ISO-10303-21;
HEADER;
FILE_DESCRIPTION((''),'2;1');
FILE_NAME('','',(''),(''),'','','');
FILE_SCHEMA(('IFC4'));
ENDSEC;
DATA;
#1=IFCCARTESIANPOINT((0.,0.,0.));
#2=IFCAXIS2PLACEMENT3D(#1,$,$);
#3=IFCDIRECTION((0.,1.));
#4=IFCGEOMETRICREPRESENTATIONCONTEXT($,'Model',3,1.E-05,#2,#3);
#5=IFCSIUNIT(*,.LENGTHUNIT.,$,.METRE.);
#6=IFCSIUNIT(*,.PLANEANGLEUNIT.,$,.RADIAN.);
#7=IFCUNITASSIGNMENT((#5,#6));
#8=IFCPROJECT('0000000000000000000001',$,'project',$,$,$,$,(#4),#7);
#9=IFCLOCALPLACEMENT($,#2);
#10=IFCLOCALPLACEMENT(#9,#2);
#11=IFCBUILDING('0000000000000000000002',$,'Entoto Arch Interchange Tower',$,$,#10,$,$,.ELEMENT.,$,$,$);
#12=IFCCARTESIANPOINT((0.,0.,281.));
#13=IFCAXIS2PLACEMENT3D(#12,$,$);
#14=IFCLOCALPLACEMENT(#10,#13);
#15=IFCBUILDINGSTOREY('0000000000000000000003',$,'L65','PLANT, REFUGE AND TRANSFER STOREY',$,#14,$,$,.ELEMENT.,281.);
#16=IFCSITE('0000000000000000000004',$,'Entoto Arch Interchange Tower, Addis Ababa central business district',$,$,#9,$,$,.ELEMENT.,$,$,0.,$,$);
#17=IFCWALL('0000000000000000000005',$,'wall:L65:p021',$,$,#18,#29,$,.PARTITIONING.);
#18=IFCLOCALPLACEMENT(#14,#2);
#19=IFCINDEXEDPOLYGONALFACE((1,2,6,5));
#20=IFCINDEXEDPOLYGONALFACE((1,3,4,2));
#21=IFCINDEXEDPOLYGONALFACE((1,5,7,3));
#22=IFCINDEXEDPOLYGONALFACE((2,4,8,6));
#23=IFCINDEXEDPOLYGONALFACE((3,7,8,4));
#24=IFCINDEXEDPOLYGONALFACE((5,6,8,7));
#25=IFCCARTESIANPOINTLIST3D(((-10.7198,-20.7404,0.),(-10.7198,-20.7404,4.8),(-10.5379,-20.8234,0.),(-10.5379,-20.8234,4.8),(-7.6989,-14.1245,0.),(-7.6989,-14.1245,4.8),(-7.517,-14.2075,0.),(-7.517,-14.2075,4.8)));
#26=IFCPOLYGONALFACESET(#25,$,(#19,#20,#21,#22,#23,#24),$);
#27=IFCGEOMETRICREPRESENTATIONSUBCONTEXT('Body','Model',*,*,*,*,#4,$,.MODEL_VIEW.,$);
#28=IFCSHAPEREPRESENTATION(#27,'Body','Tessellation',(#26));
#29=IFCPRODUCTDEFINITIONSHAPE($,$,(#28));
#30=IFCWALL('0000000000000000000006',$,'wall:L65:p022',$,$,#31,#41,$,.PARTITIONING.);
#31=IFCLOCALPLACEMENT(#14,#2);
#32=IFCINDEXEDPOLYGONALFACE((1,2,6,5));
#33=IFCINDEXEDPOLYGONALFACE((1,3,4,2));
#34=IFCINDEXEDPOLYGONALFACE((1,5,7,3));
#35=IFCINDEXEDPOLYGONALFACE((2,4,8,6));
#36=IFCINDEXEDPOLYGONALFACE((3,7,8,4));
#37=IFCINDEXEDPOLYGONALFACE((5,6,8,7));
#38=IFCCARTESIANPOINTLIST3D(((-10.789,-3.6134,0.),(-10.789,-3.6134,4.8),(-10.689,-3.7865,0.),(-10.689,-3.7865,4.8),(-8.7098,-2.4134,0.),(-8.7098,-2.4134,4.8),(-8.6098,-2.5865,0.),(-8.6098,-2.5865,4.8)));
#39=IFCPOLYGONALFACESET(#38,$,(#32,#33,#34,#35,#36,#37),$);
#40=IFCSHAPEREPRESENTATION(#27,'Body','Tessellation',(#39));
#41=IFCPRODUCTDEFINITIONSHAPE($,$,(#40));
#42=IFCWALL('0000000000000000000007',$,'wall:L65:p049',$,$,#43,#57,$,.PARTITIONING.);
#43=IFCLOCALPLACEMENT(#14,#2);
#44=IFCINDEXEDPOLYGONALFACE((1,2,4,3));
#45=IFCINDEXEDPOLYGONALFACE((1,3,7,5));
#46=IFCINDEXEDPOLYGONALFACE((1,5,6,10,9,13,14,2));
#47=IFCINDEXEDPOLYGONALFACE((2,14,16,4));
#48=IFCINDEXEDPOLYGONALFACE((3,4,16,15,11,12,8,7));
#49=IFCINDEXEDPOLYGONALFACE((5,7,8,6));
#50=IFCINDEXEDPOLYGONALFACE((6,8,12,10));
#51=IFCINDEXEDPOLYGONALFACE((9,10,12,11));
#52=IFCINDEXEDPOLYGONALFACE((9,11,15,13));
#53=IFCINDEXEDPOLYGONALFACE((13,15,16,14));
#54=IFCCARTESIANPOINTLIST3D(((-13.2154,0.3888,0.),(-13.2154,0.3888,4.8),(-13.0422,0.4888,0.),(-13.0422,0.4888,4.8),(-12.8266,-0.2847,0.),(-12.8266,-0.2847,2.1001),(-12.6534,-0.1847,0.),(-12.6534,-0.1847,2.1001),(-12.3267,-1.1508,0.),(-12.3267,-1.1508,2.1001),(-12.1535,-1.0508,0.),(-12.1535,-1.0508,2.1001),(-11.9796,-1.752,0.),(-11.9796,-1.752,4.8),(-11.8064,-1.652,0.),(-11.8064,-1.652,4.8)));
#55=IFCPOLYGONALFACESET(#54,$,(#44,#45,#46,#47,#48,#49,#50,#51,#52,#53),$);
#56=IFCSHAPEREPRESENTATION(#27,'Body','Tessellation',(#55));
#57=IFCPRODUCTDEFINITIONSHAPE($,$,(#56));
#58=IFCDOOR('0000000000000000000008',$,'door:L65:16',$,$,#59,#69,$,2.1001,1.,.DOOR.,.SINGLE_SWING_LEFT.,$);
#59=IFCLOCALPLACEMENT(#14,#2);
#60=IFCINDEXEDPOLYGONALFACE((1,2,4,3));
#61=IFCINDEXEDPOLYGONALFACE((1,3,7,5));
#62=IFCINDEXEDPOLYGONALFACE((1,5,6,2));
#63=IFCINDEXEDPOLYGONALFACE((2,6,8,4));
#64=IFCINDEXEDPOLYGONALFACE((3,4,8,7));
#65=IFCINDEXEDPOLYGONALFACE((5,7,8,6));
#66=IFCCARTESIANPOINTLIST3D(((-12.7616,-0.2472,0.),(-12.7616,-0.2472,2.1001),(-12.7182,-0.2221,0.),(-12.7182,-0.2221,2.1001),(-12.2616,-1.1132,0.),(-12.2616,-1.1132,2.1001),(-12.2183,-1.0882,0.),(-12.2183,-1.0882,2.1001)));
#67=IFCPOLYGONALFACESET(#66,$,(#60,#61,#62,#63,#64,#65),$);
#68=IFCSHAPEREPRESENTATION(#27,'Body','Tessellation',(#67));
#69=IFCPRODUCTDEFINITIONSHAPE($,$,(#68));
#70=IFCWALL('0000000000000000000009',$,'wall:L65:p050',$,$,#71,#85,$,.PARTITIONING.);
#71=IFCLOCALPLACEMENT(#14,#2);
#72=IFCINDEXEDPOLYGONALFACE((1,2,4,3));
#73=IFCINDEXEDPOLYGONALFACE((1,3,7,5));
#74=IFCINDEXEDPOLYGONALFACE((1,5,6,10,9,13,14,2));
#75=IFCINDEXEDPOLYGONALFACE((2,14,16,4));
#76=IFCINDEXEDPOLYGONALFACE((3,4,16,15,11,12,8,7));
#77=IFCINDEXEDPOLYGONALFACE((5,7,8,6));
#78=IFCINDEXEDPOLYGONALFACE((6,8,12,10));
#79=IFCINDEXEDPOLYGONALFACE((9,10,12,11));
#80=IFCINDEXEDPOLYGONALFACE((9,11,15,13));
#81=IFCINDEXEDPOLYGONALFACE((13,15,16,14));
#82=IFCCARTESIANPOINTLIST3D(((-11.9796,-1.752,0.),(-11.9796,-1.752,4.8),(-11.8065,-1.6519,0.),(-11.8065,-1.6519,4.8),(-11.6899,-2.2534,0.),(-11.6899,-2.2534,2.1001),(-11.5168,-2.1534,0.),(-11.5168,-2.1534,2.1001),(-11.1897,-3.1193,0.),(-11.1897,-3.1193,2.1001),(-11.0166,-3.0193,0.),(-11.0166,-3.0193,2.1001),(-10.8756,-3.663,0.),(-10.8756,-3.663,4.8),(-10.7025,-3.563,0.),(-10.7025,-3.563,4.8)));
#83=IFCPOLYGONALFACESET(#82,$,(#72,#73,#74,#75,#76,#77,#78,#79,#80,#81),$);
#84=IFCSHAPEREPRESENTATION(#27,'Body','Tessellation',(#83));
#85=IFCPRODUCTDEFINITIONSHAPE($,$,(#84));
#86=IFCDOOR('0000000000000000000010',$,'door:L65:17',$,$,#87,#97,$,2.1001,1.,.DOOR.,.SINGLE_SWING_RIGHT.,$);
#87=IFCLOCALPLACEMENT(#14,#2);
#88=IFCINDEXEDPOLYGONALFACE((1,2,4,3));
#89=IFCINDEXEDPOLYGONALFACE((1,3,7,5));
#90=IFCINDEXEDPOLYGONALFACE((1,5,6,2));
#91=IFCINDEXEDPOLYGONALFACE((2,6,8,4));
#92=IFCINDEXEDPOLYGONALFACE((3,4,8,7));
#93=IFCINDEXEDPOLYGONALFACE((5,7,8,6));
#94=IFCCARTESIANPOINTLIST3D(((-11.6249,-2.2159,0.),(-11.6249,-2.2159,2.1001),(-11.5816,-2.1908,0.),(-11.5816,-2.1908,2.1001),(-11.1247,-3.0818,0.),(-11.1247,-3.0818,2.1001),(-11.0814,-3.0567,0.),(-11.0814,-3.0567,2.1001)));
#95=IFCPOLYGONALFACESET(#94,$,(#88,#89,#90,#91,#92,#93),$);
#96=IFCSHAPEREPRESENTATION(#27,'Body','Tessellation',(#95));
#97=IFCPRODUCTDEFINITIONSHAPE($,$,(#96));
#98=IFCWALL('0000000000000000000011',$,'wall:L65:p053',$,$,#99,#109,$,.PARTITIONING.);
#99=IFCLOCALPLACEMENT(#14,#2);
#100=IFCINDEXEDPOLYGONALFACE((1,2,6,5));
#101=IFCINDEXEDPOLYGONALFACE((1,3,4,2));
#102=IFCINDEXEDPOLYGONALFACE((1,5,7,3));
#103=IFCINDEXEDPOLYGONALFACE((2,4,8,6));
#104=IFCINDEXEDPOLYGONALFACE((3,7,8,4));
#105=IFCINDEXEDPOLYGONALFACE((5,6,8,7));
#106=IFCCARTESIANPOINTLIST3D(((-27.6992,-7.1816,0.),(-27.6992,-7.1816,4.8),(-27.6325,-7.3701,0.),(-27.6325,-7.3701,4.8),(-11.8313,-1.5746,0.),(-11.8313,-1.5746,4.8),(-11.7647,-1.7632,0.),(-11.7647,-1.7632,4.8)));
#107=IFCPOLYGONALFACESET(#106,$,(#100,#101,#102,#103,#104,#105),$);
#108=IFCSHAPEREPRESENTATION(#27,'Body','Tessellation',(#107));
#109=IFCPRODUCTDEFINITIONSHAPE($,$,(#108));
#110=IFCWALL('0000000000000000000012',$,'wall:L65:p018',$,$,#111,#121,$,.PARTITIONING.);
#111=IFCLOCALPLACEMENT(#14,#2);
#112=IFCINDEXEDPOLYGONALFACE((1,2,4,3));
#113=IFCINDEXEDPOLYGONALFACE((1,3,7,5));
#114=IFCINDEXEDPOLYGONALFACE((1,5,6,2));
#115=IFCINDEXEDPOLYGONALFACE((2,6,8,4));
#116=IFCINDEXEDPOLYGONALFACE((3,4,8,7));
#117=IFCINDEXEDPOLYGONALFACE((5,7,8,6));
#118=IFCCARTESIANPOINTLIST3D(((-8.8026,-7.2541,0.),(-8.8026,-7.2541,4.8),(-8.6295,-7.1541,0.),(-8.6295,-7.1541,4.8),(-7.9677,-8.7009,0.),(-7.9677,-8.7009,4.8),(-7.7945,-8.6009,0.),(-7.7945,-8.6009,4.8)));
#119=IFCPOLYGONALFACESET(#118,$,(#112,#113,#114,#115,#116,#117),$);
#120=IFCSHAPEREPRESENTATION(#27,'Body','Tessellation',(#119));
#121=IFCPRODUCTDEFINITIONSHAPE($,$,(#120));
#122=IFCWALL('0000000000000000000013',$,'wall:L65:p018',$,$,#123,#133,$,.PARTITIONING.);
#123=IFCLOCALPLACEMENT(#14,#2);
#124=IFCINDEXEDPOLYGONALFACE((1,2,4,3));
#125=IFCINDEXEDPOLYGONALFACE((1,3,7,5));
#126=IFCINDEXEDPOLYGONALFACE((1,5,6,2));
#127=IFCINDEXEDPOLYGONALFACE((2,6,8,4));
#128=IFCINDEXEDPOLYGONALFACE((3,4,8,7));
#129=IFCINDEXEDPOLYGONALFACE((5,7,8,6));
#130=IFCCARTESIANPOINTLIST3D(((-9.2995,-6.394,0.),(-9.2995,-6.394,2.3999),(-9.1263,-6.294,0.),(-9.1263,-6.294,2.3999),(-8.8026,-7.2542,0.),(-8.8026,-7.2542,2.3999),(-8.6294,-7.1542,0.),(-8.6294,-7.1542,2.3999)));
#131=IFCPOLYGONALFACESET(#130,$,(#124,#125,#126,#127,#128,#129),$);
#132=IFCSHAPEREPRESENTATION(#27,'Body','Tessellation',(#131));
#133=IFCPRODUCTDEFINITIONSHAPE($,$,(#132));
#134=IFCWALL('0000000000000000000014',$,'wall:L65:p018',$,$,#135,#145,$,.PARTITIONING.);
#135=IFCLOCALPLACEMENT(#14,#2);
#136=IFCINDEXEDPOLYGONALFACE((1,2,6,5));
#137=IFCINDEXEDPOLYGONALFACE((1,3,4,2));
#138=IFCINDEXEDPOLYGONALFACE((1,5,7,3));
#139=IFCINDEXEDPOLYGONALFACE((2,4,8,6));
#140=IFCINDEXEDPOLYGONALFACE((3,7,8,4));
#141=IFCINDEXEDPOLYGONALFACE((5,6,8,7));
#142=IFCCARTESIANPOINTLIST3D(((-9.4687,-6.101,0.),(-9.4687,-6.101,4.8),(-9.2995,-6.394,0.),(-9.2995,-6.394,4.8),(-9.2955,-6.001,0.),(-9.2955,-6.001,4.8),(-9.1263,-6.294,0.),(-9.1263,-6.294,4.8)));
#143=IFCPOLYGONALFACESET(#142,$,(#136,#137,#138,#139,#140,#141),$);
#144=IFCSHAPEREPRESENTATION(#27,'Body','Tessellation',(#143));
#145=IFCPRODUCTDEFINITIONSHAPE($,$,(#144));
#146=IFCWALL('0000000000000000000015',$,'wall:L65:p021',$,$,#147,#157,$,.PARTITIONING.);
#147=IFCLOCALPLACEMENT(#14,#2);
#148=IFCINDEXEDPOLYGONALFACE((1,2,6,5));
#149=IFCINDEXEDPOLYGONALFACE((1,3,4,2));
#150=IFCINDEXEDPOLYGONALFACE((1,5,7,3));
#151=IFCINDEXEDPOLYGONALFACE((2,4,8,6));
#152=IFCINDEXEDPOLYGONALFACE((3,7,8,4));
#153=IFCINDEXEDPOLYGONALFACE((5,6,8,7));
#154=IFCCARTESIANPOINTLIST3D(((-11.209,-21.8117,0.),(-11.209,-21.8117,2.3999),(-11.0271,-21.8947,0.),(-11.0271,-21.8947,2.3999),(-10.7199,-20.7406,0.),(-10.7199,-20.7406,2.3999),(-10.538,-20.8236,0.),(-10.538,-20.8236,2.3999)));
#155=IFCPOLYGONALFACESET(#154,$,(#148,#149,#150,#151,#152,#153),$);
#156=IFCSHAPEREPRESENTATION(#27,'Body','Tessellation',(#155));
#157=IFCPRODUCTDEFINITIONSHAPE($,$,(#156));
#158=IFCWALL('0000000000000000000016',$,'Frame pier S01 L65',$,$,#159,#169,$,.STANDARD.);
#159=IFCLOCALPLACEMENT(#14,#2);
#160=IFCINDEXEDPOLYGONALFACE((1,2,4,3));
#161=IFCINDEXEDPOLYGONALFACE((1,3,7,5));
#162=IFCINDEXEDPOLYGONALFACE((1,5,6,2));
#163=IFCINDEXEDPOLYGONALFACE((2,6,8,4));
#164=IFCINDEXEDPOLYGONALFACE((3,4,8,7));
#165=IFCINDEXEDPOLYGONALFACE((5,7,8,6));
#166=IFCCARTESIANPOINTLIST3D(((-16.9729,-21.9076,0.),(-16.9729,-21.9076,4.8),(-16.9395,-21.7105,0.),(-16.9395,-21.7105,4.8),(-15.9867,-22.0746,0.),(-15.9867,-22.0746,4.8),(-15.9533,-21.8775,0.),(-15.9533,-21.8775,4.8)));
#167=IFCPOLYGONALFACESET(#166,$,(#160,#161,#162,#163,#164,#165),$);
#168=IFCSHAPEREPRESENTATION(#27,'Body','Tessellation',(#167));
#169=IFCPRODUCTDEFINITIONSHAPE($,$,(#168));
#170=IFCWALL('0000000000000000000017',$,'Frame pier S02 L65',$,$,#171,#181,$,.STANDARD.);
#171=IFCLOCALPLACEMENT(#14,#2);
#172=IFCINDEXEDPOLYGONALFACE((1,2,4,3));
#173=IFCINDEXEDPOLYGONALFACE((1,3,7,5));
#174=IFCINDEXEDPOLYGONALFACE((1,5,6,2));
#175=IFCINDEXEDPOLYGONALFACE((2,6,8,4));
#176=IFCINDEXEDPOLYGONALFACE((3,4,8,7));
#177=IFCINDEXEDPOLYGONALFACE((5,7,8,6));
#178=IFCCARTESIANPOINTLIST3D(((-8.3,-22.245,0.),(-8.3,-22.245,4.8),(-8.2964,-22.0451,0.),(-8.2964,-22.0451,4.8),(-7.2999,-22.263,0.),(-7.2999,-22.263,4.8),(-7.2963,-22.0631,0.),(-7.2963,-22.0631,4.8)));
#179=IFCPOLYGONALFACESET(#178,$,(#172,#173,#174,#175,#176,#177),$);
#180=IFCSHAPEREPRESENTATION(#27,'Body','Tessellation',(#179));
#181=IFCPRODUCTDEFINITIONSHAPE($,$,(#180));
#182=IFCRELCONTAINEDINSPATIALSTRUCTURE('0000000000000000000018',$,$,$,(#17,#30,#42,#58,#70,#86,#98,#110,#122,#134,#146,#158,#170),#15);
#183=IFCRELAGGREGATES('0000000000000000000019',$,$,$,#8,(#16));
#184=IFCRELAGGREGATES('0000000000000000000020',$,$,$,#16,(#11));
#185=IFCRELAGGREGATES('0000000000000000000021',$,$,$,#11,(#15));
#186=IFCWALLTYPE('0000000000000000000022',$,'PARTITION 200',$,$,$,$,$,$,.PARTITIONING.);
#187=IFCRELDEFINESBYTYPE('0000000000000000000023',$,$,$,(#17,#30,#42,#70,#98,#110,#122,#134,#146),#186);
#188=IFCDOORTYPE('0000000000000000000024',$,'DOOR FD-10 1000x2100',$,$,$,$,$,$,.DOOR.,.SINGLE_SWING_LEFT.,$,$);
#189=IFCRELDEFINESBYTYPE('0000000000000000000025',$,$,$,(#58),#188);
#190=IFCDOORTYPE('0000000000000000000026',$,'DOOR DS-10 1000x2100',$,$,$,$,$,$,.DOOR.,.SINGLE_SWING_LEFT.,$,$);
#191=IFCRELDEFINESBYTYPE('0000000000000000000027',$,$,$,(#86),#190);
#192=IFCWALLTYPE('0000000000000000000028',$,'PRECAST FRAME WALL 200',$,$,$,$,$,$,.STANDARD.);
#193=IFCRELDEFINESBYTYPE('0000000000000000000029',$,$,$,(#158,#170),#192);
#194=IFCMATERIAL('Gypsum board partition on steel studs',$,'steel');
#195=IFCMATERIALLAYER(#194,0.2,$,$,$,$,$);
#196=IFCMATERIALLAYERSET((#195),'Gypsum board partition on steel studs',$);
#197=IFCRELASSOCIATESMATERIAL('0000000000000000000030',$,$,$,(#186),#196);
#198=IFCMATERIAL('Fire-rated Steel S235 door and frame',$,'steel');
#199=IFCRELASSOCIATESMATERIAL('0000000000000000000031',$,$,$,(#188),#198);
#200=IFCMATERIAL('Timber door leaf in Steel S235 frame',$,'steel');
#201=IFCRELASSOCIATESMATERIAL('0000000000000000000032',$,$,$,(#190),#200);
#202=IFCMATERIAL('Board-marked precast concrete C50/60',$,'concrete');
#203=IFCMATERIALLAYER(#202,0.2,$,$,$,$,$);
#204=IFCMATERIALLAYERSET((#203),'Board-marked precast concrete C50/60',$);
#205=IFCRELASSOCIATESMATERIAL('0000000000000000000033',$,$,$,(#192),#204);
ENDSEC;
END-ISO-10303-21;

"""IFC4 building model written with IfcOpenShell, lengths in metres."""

from ifc_helpers import new_model, si_unit, direction, frame, frame_2d, origin, place, context, subcontext, project, spatial, rectangle, extrude, material, layer, layer_set, type_object, element, fill, save


model = new_model("IFC4")

# Units and contexts
model_context = context("Model", 3, precision=1e-05, world=origin(), true_north=direction((0.0, 1.0)))
body_context = subcontext(model_context, "Body", "Model", "MODEL_VIEW")
ifc_project = project(units=[si_unit("LENGTHUNIT", "METRE"), si_unit("PLANEANGLEUNIT", "RADIAN")], contexts=[model_context])

# Site, building, storey
site_placement = place(None, origin())
site = spatial("IfcSite", under=ifc_project, at=site_placement, Name="Entoto Arch Interchange Tower, Addis Ababa central business district", CompositionType="ELEMENT", RefElevation=0.0)
building_placement = place(site_placement, origin())
building = spatial("IfcBuilding", under=site, at=building_placement, Name="Entoto Arch Interchange Tower", CompositionType="ELEMENT")
storey_placement = place(building_placement, frame((0.0, 0.0, 281.0)))
storey = spatial("IfcBuildingStorey", under=building, at=storey_placement, Name="L65", Description="PLANT, REFUGE AND TRANSFER STOREY", CompositionType="ELEMENT", Elevation=281.0)

# Shared definitions
ifc_material_1 = material(Name="Gypsum board partition on steel studs", Category="steel")
ifc_layer_1 = layer(ifc_material_1, 0.2)
ifc_layer_set_1 = layer_set([ifc_layer_1], Name="Gypsum board partition on steel studs")
wall_type_1 = type_object("IfcWallType", Name="PARTITION 200", PredefinedType="PARTITIONING", material=ifc_layer_set_1)
ifc_material_2 = material(Name="Fire-rated Steel S235 door and frame", Category="steel")
door_type_1 = type_object("IfcDoorType", Name="DOOR FD-10 1000x2100", OperationType="SINGLE_SWING_LEFT", PredefinedType="DOOR", material=ifc_material_2)

# Shared definitions
ifc_material_3 = material(Name="Timber door leaf in Steel S235 frame", Category="steel")
door_type_2 = type_object("IfcDoorType", Name="DOOR DS-10 1000x2100", OperationType="SINGLE_SWING_LEFT", PredefinedType="DOOR", material=ifc_material_3)

# Walls
wall_1_placement = place(storey_placement, frame((-7.6079, -14.166, 0.0), z_axis=(0.0, 0.0, 1.0), x_axis=(-0.415368, -0.909654, 0.0)))
element("IfcWall", 1, at=wall_1_placement, inside=storey, type_object=wall_type_1, Name="wall:L65:p021", PredefinedType="PARTITIONING", context=body_context, shape_type="SweptSolid", body=[
    extrude(rectangle(XDim=7.2729, YDim=0.2, at=frame_2d((3.6365, 0.0))), origin(), (0.0, 0.0, 1.0), 4.8),
])
wall_2_placement = place(storey_placement, frame((-8.6599, -2.5, 0.0), z_axis=(0.0, 0.0, 1.0), x_axis=(-0.866101, -0.499869, 0.0)))
element("IfcWall", 2, at=wall_2_placement, inside=storey, type_object=wall_type_1, Name="wall:L65:p022", PredefinedType="PARTITIONING", context=body_context, shape_type="SweptSolid", body=[
    extrude(rectangle(XDim=2.4006, YDim=0.2, at=frame_2d((1.2002, 0.0))), origin(), (0.0, 0.0, 1.0), 4.8),
])

# Walls, openings, doors
wall_3_placement = place(storey_placement, frame((-11.8931, -1.7019, 0.0), z_axis=(0.0, 0.0, 1.0), x_axis=(-0.499942, 0.866059, 0.0)))
wall_3 = element("IfcWall", 3, at=wall_3_placement, inside=storey, type_object=wall_type_1, Name="wall:L65:p049", PredefinedType="PARTITIONING", context=body_context, shape_type="SweptSolid", body=[
    extrude(rectangle(XDim=2.4719, YDim=0.2, at=frame_2d((1.2358, 0.0))), origin(), (0.0, 0.0, 1.0), 4.8),
])
opening_1_placement = place(wall_3_placement, frame((0.6941, 0.0, 0.0)))
opening_1 = element("IfcOpeningElement", 4, at=opening_1_placement, cuts=wall_3, PredefinedType="OPENING", context=body_context, shape_type="SweptSolid", body=[
    extrude(rectangle(XDim=1.0, YDim=2.1001, at=frame_2d((0.5, 1.05))), frame((0.0, 0.1099, 0.0), z_axis=(0.0, -1.0, 0.0), x_axis=(1.0, 0.0, 0.0)), (0.0, 0.0, 1.0), 0.22),
])
door_1_placement = place(opening_1_placement, origin())
door_1 = element("IfcDoor", 5, at=door_1_placement, inside=storey, type_object=door_type_1, Name="door:L65:16", OperationType="SINGLE_SWING_LEFT", OverallHeight=2.1001, OverallWidth=1.0, PredefinedType="DOOR", context=body_context, shape_type="SweptSolid", body=[
    extrude(rectangle(XDim=1.0, YDim=2.1001, at=frame_2d((0.5, 1.05))), frame((0.0, 0.0249, 0.0), z_axis=(0.0, -1.0, 0.0), x_axis=(1.0, 0.0, 0.0)), (0.0, 0.0, 1.0), 0.05),
])
fill(opening_1, door_1)
wall_4_placement = place(storey_placement, frame((-10.7891, -3.613, 0.0), z_axis=(0.0, 0.0, 1.0), x_axis=(-0.500208, 0.865906, 0.0)))
wall_4 = element("IfcWall", 6, at=wall_4_placement, inside=storey, type_object=wall_type_1, Name="wall:L65:p050", PredefinedType="PARTITIONING", context=body_context, shape_type="SweptSolid", body=[
    extrude(rectangle(XDim=2.207, YDim=0.2, at=frame_2d((1.1035, 0.0))), origin(), (0.0, 0.0, 1.0), 4.8),
])
opening_2_placement = place(wall_4_placement, frame((0.6279, 0.0, 0.0)))
opening_2 = element("IfcOpeningElement", 7, at=opening_2_placement, cuts=wall_4, PredefinedType="OPENING", context=body_context, shape_type="SweptSolid", body=[
    extrude(rectangle(XDim=1.0, YDim=2.1001, at=frame_2d((0.5, 1.05))), frame((0.0, 0.1099, 0.0), z_axis=(0.0, -1.0, 0.0), x_axis=(1.0, 0.0, 0.0)), (0.0, 0.0, 1.0), 0.22),
])
door_2_placement = place(opening_2_placement, origin())
door_2 = element("IfcDoor", 8, at=door_2_placement, inside=storey, type_object=door_type_2, Name="door:L65:17", OperationType="SINGLE_SWING_RIGHT", OverallHeight=2.1001, OverallWidth=1.0, PredefinedType="DOOR", context=body_context, shape_type="SweptSolid", body=[
    extrude(rectangle(XDim=1.0, YDim=2.1001, at=frame_2d((0.5, 1.05))), frame((0.0, 0.0249, 0.0), z_axis=(0.0, -1.0, 0.0), x_axis=(1.0, 0.0, 0.0)), (0.0, 0.0, 1.0), 0.05),
])
fill(opening_2, door_2)

# Walls
wall_5_placement = place(storey_placement, frame((-11.7981, -1.6689, 0.0), z_axis=(0.0, 0.0, 1.0), x_axis=(-0.942869, -0.333163, 0.0)))
element("IfcWall", 9, at=wall_5_placement, inside=storey, type_object=wall_type_1, Name="wall:L65:p053", PredefinedType="PARTITIONING", context=body_context, shape_type="SweptSolid", body=[
    extrude(rectangle(XDim=16.8293, YDim=0.2, at=frame_2d((8.4146, 0.0))), origin(), (0.0, 0.0, 1.0), 4.8),
])
wall_6_placement = place(storey_placement, frame((-7.8811, -8.6509, 0.0), z_axis=(0.0, 0.0, 1.0), x_axis=(-0.499849, 0.866113, 0.0)))
element("IfcWall", 10, at=wall_6_placement, inside=storey, type_object=wall_type_1, Name="wall:L65:p018", PredefinedType="PARTITIONING", context=body_context, shape_type="SweptSolid", body=[
    extrude(rectangle(XDim=1.6704, YDim=0.2, at=frame_2d((0.8352, 0.0))), origin(), (0.0, 0.0, 1.0), 4.8),
])
wall_7_placement = place(storey_placement, frame((-8.7161, -7.2041, 0.0), z_axis=(0.0, 0.0, 1.0), x_axis=(-0.500183, 0.865919, 0.0)))
element("IfcWall", 11, at=wall_7_placement, inside=storey, type_object=wall_type_1, Name="wall:L65:p018", PredefinedType="PARTITIONING", context=body_context, shape_type="SweptSolid", body=[
    extrude(rectangle(XDim=0.9934, YDim=0.2, at=frame_2d((0.4966, 0.0))), origin(), (0.0, 0.0, 1.0), 2.3999),
])
wall_8_placement = place(storey_placement, frame((-9.2129, -6.344, 0.0), z_axis=(0.0, 0.0, 1.0), x_axis=(-0.500097, 0.865969, 0.0)))
element("IfcWall", 12, at=wall_8_placement, inside=storey, type_object=wall_type_1, Name="wall:L65:p018", PredefinedType="PARTITIONING", context=body_context, shape_type="SweptSolid", body=[
    extrude(rectangle(XDim=0.3384, YDim=0.2, at=frame_2d((0.1692, 0.0))), origin(), (0.0, 0.0, 1.0), 4.8),
])
wall_9_placement = place(storey_placement, frame((-10.6289, -20.782, 0.0), z_axis=(0.0, 0.0, 1.0), x_axis=(-0.415333, -0.909669, 0.0)))
element("IfcWall", 13, at=wall_9_placement, inside=storey, type_object=wall_type_1, Name="wall:L65:p021", PredefinedType="PARTITIONING", context=body_context, shape_type="SweptSolid", body=[
    extrude(rectangle(XDim=1.1775, YDim=0.2, at=frame_2d((0.5889, 0.0))), origin(), (0.0, 0.0, 1.0), 2.3999),
])
ifc_material_4 = material(Name="Board-marked precast concrete C50/60", Category="concrete")
ifc_layer_2 = layer(ifc_material_4, 0.2)
ifc_layer_set_2 = layer_set([ifc_layer_2], Name="Board-marked precast concrete C50/60")
wall_type_2 = type_object("IfcWallType", Name="PRECAST FRAME WALL 200", PredefinedType="STANDARD", material=ifc_layer_set_2)
for number, where, z_axis, x_axis, name in (
    (14, (-16.9561, -21.8091, 0.0), (0.0, 0.0, 1.0), (0.985962, -0.166971, 0.0), "Frame pier S01 L65"),
    (15, (-8.2981, -22.145, 0.0), (0.0, 0.0, 1.0), (0.999837, -0.018063, 0.0), "Frame pier S02 L65"),
):
    element("IfcWall", number, at=place(storey_placement, frame(where, z_axis=z_axis, x_axis=x_axis)), inside=storey, type_object=wall_type_2, Name=name, PredefinedType="STANDARD", context=body_context, shape_type="SweptSolid", body=[
        extrude(rectangle(XDim=1.0002, YDim=0.2, at=frame_2d((0.5, 0.0))), origin(), (0.0, 0.0, 1.0), 4.8),
    ])

save(model, "model.ifc")
